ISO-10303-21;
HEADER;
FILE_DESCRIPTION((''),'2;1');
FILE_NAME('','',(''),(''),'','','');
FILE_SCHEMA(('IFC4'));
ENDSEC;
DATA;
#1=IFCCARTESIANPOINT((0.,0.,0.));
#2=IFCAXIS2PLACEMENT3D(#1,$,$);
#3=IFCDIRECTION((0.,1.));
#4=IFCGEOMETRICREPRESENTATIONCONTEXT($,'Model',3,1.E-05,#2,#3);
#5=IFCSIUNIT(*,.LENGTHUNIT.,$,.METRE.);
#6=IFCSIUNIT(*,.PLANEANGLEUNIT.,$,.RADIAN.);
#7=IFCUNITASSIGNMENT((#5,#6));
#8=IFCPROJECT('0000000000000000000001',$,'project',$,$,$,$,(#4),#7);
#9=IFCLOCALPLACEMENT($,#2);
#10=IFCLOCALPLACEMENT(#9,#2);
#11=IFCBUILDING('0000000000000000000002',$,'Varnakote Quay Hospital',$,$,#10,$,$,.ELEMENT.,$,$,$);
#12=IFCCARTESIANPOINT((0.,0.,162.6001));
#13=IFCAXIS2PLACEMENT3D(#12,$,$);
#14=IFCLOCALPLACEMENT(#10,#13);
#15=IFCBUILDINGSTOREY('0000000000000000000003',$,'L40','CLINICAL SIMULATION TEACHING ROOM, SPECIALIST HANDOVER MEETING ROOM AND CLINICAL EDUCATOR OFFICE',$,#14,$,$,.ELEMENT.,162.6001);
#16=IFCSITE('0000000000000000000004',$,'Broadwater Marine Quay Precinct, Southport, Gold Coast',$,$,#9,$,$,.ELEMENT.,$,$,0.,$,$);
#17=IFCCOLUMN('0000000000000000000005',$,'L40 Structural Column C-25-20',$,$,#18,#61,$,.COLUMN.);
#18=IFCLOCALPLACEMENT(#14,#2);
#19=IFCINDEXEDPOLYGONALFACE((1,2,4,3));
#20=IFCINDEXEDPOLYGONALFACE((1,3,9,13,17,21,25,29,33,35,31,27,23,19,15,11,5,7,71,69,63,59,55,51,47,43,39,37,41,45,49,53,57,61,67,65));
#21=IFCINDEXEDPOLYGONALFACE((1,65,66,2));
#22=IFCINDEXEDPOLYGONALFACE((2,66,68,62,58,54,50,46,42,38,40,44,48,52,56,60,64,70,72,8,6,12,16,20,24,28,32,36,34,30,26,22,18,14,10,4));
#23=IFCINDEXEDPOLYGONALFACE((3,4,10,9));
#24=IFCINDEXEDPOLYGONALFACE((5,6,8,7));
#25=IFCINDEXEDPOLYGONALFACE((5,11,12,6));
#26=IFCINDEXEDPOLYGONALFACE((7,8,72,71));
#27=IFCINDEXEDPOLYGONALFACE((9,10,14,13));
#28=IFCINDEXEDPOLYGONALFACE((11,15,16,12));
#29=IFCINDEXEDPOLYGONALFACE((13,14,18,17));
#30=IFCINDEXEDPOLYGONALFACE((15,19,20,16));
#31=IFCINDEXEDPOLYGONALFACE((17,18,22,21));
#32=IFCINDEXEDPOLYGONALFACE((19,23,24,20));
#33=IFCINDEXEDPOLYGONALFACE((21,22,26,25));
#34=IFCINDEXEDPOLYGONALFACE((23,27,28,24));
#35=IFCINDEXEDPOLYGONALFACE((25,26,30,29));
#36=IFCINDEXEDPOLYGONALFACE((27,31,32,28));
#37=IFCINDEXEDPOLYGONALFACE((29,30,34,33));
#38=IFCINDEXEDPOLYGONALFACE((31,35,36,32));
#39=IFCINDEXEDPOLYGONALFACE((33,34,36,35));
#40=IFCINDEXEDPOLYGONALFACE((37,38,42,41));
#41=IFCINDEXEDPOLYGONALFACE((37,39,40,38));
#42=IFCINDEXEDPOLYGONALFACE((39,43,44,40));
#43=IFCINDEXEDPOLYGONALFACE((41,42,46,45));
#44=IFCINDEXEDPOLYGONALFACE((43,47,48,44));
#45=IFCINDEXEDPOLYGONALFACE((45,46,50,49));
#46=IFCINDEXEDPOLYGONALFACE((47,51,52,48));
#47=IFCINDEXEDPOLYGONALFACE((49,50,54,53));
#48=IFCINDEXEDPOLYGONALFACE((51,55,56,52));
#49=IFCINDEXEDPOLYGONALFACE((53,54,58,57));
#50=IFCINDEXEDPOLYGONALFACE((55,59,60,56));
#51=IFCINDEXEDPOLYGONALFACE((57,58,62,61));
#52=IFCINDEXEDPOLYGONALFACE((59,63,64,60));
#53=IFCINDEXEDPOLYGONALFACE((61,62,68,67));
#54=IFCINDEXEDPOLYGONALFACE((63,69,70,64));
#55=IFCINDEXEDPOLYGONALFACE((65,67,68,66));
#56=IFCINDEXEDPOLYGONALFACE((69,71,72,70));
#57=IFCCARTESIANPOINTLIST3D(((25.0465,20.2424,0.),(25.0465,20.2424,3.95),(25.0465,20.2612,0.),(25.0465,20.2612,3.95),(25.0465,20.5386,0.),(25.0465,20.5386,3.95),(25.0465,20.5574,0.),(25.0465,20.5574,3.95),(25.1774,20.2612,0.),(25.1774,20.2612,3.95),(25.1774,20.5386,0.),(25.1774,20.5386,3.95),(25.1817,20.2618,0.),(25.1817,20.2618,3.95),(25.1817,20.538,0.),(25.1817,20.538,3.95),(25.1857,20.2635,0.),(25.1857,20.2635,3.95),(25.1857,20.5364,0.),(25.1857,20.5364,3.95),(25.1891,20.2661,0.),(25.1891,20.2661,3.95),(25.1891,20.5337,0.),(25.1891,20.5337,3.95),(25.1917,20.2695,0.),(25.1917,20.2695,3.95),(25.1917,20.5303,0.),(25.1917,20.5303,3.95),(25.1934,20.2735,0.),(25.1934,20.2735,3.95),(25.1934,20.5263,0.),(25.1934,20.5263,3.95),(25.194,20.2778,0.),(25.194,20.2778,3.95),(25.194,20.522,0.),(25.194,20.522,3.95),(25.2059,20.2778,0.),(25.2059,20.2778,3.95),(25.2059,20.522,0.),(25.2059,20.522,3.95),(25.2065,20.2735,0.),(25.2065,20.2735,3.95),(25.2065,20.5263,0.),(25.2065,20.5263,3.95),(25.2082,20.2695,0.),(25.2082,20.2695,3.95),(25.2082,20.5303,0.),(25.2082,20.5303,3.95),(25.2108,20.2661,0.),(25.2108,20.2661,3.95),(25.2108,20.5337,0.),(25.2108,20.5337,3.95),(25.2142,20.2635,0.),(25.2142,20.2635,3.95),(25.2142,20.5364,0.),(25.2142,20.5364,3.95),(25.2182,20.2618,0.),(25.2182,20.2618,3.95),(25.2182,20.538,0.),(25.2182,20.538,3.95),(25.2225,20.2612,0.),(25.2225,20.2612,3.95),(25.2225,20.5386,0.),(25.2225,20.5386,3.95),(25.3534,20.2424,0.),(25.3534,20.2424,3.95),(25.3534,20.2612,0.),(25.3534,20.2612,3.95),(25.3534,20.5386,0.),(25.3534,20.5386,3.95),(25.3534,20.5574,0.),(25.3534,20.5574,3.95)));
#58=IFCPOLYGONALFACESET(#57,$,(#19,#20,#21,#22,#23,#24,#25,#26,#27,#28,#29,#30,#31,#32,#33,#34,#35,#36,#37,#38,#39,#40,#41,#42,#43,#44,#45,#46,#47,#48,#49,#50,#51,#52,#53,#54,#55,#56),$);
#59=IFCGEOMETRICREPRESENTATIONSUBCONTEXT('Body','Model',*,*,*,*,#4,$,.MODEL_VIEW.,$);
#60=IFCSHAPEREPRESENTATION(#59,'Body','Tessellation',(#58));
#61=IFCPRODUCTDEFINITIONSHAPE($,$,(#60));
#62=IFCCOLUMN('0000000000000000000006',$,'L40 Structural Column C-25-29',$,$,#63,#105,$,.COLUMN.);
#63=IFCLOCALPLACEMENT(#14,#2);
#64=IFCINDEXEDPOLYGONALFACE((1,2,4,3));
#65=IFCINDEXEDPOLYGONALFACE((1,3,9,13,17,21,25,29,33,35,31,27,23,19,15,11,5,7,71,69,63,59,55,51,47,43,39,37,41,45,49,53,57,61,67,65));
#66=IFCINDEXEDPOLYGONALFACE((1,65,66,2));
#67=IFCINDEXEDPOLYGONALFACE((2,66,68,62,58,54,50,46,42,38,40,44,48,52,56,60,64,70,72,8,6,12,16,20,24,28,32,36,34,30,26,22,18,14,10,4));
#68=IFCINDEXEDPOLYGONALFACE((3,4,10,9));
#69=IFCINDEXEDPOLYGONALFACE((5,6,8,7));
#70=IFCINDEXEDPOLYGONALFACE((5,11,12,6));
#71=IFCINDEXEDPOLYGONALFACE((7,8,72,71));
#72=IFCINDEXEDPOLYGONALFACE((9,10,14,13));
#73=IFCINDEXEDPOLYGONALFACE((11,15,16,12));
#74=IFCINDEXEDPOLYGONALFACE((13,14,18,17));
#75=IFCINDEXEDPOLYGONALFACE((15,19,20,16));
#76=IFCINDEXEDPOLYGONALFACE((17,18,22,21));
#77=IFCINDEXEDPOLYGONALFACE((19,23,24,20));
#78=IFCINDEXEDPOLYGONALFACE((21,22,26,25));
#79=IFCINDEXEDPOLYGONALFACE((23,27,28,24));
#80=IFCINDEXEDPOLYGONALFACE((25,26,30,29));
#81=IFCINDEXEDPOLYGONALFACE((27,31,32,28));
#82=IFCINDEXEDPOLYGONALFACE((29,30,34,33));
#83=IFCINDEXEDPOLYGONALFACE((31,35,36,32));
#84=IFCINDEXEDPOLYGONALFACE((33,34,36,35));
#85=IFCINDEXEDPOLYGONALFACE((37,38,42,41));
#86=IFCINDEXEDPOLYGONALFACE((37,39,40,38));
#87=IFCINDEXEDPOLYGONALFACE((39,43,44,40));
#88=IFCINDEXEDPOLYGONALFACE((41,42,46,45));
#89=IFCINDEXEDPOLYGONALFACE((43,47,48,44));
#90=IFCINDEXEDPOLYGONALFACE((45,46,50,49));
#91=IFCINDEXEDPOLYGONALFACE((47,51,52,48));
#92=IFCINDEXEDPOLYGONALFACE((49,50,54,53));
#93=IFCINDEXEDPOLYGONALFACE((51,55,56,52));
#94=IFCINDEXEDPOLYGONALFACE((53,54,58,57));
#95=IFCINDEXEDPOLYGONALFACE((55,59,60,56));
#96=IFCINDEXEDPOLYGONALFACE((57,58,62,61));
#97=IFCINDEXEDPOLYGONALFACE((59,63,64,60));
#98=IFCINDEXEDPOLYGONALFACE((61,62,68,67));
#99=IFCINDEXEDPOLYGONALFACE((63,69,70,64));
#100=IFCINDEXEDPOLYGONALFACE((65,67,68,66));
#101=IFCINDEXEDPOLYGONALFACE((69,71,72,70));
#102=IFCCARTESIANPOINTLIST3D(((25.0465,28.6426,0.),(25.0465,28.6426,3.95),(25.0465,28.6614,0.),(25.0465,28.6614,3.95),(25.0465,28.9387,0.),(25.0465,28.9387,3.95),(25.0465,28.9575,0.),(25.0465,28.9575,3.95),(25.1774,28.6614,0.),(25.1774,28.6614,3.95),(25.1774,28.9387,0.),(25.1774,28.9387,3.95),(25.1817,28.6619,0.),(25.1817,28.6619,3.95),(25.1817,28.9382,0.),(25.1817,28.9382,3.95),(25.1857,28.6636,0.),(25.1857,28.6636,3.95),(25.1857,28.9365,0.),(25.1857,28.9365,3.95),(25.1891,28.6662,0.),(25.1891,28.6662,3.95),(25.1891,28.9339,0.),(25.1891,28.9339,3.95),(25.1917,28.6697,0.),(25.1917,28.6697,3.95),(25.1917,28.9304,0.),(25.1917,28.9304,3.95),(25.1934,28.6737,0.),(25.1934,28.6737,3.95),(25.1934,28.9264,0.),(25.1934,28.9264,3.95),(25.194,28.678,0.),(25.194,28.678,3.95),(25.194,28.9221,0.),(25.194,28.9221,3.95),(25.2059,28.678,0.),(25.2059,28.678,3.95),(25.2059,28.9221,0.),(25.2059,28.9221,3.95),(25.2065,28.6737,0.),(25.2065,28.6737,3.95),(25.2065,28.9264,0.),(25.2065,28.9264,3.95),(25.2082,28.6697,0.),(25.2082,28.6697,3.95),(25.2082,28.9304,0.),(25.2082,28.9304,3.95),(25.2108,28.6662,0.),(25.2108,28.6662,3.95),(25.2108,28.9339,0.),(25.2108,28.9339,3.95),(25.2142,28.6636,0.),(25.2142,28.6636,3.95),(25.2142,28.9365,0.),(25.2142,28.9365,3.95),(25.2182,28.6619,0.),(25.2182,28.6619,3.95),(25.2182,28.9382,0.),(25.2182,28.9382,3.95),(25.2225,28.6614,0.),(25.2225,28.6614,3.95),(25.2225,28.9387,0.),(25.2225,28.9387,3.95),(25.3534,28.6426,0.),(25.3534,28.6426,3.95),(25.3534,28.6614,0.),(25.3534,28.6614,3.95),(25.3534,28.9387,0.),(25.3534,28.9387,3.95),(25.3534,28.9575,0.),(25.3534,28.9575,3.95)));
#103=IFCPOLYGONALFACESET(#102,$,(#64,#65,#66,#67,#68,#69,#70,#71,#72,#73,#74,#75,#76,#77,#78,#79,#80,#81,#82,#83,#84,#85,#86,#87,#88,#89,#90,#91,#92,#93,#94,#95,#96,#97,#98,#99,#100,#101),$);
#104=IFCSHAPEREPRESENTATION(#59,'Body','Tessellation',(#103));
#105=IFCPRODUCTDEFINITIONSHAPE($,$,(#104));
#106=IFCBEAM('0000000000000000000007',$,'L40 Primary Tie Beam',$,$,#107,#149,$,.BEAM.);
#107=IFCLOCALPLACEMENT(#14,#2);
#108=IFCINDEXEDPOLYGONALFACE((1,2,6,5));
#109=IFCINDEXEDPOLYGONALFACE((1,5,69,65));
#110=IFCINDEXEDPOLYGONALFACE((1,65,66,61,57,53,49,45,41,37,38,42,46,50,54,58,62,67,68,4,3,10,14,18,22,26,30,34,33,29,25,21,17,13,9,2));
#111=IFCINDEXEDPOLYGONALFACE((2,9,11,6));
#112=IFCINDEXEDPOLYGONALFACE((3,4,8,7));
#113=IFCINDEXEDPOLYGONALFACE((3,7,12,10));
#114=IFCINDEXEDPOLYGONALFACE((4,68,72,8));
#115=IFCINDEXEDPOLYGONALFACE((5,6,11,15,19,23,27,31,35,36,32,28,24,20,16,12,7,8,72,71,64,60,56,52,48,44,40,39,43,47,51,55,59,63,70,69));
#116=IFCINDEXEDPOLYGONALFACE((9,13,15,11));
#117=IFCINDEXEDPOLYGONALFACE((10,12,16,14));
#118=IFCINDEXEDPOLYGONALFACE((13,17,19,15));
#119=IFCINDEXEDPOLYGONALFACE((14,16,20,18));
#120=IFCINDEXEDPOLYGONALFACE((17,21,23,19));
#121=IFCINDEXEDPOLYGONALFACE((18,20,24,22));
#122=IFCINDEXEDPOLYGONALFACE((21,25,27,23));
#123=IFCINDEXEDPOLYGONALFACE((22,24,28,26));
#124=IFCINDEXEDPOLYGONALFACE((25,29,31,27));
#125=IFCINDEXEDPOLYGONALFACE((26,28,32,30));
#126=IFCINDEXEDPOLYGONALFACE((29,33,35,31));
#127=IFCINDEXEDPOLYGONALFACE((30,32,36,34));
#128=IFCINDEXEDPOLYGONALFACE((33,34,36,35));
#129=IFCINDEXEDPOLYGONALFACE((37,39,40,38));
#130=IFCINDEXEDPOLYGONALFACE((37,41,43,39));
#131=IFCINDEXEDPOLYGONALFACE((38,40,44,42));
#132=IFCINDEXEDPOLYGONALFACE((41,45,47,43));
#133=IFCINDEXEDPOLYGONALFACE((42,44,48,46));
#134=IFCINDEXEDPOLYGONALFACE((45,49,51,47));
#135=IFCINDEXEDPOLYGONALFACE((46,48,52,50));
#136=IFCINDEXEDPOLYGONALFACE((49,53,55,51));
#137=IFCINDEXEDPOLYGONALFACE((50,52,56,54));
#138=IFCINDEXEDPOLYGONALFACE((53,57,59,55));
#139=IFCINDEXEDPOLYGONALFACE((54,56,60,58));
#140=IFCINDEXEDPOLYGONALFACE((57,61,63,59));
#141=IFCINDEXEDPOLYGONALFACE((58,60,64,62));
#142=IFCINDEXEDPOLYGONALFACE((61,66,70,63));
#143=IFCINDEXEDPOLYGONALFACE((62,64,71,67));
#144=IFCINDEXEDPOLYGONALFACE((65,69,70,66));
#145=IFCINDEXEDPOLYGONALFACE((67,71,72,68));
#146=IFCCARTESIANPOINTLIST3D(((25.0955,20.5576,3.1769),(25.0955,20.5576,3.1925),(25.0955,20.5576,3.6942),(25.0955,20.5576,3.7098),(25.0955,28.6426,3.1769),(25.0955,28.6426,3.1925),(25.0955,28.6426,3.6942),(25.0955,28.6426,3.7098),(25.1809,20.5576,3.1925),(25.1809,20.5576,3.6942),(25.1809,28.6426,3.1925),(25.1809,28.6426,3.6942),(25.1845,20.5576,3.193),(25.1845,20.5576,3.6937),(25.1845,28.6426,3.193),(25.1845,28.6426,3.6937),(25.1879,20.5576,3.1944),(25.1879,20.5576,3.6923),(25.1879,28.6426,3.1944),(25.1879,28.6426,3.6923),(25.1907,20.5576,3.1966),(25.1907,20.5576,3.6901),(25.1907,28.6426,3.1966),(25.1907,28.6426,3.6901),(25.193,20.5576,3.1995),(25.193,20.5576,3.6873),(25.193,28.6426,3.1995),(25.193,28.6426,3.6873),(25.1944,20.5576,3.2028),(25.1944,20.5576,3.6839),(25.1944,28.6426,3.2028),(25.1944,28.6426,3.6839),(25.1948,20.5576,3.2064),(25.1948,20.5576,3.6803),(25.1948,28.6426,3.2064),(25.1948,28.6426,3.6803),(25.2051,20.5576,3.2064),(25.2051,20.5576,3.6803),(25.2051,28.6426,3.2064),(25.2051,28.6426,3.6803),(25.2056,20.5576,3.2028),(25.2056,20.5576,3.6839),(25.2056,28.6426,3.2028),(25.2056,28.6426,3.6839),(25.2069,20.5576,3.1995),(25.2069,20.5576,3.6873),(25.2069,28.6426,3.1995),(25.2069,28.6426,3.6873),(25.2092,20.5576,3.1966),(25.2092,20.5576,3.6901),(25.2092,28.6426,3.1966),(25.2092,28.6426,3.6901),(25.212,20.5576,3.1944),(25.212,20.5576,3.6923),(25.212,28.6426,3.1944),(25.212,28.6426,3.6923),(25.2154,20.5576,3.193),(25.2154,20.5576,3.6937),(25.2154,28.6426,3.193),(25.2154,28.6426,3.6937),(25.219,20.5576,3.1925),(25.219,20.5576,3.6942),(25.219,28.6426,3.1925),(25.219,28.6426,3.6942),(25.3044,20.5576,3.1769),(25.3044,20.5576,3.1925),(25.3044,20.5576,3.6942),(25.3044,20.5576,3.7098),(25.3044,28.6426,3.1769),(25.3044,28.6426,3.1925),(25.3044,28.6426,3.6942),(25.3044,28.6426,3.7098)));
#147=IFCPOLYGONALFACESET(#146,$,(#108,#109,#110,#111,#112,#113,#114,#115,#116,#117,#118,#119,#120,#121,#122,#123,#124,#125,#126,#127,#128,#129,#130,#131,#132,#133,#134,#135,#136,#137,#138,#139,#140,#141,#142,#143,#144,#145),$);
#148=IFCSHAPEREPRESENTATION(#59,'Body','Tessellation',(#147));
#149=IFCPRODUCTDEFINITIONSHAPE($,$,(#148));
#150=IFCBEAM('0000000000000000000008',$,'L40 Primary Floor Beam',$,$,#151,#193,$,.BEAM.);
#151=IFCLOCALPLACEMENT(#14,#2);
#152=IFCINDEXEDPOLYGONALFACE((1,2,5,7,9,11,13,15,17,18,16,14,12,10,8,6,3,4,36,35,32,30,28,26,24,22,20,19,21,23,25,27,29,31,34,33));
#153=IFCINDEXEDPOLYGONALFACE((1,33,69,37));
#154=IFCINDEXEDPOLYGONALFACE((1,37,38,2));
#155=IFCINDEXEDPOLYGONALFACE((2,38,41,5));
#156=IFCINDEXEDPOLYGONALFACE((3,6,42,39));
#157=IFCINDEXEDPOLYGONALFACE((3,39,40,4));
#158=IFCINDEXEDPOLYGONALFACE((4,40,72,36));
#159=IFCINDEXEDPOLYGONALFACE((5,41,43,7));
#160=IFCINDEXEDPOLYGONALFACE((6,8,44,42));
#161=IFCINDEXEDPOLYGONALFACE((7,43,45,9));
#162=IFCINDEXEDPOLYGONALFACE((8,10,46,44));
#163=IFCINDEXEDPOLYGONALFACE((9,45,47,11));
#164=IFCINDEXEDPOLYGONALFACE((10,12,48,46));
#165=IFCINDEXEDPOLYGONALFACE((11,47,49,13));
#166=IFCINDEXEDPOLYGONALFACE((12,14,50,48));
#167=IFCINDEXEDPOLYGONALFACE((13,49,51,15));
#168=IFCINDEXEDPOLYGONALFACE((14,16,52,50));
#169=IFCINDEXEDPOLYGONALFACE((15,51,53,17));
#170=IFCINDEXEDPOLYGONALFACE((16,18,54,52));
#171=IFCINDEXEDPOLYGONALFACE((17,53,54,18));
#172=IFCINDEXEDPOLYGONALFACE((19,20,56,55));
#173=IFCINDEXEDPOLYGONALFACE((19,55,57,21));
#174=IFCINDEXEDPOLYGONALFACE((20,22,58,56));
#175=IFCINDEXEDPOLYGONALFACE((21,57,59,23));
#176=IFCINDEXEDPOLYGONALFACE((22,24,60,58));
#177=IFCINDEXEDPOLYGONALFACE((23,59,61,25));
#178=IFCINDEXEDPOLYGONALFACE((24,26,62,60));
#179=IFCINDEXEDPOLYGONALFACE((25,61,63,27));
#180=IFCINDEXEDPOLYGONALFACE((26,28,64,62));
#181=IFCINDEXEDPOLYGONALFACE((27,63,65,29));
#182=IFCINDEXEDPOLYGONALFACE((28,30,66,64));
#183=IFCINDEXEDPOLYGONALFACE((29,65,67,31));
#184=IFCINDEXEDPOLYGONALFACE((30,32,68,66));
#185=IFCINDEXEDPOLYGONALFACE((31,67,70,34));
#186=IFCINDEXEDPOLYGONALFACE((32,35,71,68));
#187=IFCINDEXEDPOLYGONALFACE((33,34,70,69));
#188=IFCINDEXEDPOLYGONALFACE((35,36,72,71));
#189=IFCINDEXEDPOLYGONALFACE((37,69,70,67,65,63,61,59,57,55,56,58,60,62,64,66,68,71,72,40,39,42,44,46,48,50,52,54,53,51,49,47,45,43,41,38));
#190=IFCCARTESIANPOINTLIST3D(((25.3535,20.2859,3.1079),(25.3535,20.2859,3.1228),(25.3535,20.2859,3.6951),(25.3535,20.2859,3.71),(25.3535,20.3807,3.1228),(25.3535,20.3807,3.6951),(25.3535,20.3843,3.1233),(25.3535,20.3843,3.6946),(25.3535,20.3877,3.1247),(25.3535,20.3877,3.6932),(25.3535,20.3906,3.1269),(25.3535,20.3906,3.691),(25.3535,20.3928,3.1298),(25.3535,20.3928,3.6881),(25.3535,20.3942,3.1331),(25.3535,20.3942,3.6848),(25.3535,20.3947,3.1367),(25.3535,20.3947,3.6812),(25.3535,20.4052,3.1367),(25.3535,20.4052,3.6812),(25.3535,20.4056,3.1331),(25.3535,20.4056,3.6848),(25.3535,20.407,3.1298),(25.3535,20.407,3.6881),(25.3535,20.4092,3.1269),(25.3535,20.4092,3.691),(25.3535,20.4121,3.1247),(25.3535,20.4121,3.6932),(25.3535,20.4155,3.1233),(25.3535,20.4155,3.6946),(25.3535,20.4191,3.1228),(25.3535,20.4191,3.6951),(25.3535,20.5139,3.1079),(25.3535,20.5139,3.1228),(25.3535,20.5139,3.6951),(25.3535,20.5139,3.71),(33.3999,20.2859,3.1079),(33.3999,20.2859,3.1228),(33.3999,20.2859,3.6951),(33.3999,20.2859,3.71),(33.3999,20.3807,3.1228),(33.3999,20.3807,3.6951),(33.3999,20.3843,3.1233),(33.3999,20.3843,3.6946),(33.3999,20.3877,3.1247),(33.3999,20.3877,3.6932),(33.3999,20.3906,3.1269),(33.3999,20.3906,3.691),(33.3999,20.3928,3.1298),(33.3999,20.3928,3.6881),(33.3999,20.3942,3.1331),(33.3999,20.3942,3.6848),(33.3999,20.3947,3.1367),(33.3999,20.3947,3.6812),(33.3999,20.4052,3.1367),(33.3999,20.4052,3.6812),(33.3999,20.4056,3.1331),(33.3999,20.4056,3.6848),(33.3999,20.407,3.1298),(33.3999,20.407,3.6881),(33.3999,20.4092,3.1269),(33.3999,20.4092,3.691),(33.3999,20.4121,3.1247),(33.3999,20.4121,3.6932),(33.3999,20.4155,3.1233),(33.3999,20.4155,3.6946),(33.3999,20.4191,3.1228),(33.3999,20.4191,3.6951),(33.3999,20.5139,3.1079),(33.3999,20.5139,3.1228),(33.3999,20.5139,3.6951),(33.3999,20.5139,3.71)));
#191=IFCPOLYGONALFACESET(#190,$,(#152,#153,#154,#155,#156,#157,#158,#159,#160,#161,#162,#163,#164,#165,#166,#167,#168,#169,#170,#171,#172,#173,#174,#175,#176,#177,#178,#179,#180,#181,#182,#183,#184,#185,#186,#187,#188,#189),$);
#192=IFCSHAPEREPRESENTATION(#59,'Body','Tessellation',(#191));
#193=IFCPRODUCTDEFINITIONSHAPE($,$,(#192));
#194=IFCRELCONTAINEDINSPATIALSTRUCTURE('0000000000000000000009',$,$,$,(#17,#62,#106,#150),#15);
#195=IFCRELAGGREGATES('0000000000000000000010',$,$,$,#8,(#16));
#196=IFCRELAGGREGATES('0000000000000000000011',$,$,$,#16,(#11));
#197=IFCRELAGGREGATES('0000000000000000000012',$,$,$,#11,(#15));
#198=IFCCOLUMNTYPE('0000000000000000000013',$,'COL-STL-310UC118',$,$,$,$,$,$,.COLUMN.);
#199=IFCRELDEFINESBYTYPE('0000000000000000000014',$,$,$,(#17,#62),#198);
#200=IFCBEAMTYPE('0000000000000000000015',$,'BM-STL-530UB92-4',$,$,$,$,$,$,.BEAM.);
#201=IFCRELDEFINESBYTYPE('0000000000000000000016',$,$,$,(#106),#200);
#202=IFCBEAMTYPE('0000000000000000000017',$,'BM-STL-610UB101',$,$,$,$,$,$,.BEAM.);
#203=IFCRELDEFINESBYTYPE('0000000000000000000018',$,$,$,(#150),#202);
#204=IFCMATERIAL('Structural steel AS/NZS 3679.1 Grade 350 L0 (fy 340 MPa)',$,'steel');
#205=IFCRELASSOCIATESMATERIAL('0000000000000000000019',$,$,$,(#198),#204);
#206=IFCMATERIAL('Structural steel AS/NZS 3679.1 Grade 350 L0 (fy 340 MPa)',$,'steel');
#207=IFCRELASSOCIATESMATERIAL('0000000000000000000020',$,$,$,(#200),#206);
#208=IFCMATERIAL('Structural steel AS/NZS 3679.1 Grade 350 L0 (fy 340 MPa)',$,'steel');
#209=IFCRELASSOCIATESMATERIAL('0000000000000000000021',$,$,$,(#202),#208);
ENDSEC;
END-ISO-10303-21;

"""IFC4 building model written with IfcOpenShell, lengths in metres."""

from ifc_helpers import new_model, si_unit, direction, frame, origin, origin_2d, place, context, subcontext, project, spatial, i_section, extrude, material, material_profile, profile_set, type_object, element, save


model = new_model("IFC4")

# Units and contexts
model_context = context("Model", 3, precision=1e-05, world=origin(), true_north=direction((0.0, 1.0)))
body_context = subcontext(model_context, "Body", "Model", "MODEL_VIEW")
ifc_project = project(units=[si_unit("LENGTHUNIT", "METRE"), si_unit("PLANEANGLEUNIT", "RADIAN")], contexts=[model_context])

# Site, building, storey
site_placement = place(None, origin())
site = spatial("IfcSite", under=ifc_project, at=site_placement, Name="Broadwater Marine Quay Precinct, Southport, Gold Coast", CompositionType="ELEMENT", RefElevation=0.0)
building_placement = place(site_placement, origin())
building = spatial("IfcBuilding", under=site, at=building_placement, Name="Varnakote Quay Hospital", CompositionType="ELEMENT")
storey_placement = place(building_placement, frame((0.0, 0.0, 162.6001)))
storey = spatial("IfcBuildingStorey", under=building, at=storey_placement, Name="L40", Description="CLINICAL SIMULATION TEACHING ROOM, SPECIALIST HANDOVER MEETING ROOM AND CLINICAL EDUCATOR OFFICE", CompositionType="ELEMENT", Elevation=162.6001)

# Columns
ifc_material_1 = material(Name="Structural steel AS/NZS 3679.1 Grade 350 L0 (fy 340 MPa)", Category="steel")
ifc_material_profile_1 = material_profile(ifc_material_1, i_section(OverallWidth=0.3069, OverallDepth=0.3149, WebThickness=0.012, FlangeThickness=0.0188, FilletRadius=0.0166, at=origin_2d()), Name="310UC118")
ifc_profile_set_1 = profile_set([ifc_material_profile_1], Name="Structural steel AS/NZS 3679.1 Grade 350 L0 (fy 340 MPa)")
column_type = type_object("IfcColumnType", Name="COL-STL-310UC118", PredefinedType="COLUMN", material=ifc_profile_set_1)
for number, where, z_axis, x_axis, name in (
    (1, (25.2, 20.3999, 0.0), (0.0, 0.0, 1.0), (1.0, 0.0, 0.0), "L40 Structural Column C-25-20"),
    (2, (25.2, 28.8, 0.0), (0.0, 0.0, 1.0), (1.0, 0.0, 0.0), "L40 Structural Column C-25-29"),
):
    element("IfcColumn", number, at=place(storey_placement, frame(where, z_axis=z_axis, x_axis=x_axis)), inside=storey, type_object=column_type, Name=name, PredefinedType="COLUMN", context=body_context, shape_type="SweptSolid", body=[
        extrude(i_section(OverallWidth=0.3069, OverallDepth=0.3149, WebThickness=0.012, FlangeThickness=0.0188, FilletRadius=0.0166, at=origin_2d()), origin(), (0.0, 0.0, 1.0), 3.95),
    ])

# Beams
ifc_material_2 = material(Name="Structural steel AS/NZS 3679.1 Grade 350 L0 (fy 340 MPa)", Category="steel")
ifc_material_profile_2 = material_profile(ifc_material_2, i_section(OverallWidth=0.209, OverallDepth=0.533, WebThickness=0.0103, FlangeThickness=0.0156, FilletRadius=0.0139, at=origin_2d()), Name="530UB92.4")
ifc_profile_set_2 = profile_set([ifc_material_profile_2], Name="Structural steel AS/NZS 3679.1 Grade 350 L0 (fy 340 MPa)")
beam_type_1 = type_object("IfcBeamType", Name="BM-STL-530UB92-4", PredefinedType="BEAM", material=ifc_profile_set_2)
beam_1_placement = place(storey_placement, frame((25.2, 20.5576, 3.4434), z_axis=(0.0, 1.0, 0.0), x_axis=(-1.0, 0.0, 0.0)))
element("IfcBeam", 3, at=beam_1_placement, inside=storey, type_object=beam_type_1, Name="L40 Primary Tie Beam", PredefinedType="BEAM", context=body_context, shape_type="SweptSolid", body=[
    extrude(i_section(OverallWidth=0.209, OverallDepth=0.533, WebThickness=0.0103, FlangeThickness=0.0156, FilletRadius=0.0139, at=origin_2d()), origin(), (0.0, 0.0, 1.0), 8.085),
])
ifc_material_3 = material(Name="Structural steel AS/NZS 3679.1 Grade 350 L0 (fy 340 MPa)", Category="steel")
ifc_material_profile_3 = material_profile(ifc_material_3, i_section(OverallWidth=0.228, OverallDepth=0.6021, WebThickness=0.0105, FlangeThickness=0.0149, FilletRadius=0.0139, at=origin_2d()), Name="610UB101")
ifc_profile_set_3 = profile_set([ifc_material_profile_3], Name="Structural steel AS/NZS 3679.1 Grade 350 L0 (fy 340 MPa)")
beam_type_2 = type_object("IfcBeamType", Name="BM-STL-610UB101", PredefinedType="BEAM", material=ifc_profile_set_3)
beam_2_placement = place(storey_placement, frame((25.3535, 20.3999, 3.4089), z_axis=(1.0, 0.0, 0.0), x_axis=(0.0, 1.0, 0.0)))
element("IfcBeam", 4, at=beam_2_placement, inside=storey, type_object=beam_type_2, Name="L40 Primary Floor Beam", PredefinedType="BEAM", context=body_context, shape_type="SweptSolid", body=[
    extrude(i_section(OverallWidth=0.228, OverallDepth=0.6021, WebThickness=0.0105, FlangeThickness=0.0149, FilletRadius=0.0139, at=origin_2d()), origin(), (0.0, 0.0, 1.0), 8.0464),
])

save(model, "model.ifc")
